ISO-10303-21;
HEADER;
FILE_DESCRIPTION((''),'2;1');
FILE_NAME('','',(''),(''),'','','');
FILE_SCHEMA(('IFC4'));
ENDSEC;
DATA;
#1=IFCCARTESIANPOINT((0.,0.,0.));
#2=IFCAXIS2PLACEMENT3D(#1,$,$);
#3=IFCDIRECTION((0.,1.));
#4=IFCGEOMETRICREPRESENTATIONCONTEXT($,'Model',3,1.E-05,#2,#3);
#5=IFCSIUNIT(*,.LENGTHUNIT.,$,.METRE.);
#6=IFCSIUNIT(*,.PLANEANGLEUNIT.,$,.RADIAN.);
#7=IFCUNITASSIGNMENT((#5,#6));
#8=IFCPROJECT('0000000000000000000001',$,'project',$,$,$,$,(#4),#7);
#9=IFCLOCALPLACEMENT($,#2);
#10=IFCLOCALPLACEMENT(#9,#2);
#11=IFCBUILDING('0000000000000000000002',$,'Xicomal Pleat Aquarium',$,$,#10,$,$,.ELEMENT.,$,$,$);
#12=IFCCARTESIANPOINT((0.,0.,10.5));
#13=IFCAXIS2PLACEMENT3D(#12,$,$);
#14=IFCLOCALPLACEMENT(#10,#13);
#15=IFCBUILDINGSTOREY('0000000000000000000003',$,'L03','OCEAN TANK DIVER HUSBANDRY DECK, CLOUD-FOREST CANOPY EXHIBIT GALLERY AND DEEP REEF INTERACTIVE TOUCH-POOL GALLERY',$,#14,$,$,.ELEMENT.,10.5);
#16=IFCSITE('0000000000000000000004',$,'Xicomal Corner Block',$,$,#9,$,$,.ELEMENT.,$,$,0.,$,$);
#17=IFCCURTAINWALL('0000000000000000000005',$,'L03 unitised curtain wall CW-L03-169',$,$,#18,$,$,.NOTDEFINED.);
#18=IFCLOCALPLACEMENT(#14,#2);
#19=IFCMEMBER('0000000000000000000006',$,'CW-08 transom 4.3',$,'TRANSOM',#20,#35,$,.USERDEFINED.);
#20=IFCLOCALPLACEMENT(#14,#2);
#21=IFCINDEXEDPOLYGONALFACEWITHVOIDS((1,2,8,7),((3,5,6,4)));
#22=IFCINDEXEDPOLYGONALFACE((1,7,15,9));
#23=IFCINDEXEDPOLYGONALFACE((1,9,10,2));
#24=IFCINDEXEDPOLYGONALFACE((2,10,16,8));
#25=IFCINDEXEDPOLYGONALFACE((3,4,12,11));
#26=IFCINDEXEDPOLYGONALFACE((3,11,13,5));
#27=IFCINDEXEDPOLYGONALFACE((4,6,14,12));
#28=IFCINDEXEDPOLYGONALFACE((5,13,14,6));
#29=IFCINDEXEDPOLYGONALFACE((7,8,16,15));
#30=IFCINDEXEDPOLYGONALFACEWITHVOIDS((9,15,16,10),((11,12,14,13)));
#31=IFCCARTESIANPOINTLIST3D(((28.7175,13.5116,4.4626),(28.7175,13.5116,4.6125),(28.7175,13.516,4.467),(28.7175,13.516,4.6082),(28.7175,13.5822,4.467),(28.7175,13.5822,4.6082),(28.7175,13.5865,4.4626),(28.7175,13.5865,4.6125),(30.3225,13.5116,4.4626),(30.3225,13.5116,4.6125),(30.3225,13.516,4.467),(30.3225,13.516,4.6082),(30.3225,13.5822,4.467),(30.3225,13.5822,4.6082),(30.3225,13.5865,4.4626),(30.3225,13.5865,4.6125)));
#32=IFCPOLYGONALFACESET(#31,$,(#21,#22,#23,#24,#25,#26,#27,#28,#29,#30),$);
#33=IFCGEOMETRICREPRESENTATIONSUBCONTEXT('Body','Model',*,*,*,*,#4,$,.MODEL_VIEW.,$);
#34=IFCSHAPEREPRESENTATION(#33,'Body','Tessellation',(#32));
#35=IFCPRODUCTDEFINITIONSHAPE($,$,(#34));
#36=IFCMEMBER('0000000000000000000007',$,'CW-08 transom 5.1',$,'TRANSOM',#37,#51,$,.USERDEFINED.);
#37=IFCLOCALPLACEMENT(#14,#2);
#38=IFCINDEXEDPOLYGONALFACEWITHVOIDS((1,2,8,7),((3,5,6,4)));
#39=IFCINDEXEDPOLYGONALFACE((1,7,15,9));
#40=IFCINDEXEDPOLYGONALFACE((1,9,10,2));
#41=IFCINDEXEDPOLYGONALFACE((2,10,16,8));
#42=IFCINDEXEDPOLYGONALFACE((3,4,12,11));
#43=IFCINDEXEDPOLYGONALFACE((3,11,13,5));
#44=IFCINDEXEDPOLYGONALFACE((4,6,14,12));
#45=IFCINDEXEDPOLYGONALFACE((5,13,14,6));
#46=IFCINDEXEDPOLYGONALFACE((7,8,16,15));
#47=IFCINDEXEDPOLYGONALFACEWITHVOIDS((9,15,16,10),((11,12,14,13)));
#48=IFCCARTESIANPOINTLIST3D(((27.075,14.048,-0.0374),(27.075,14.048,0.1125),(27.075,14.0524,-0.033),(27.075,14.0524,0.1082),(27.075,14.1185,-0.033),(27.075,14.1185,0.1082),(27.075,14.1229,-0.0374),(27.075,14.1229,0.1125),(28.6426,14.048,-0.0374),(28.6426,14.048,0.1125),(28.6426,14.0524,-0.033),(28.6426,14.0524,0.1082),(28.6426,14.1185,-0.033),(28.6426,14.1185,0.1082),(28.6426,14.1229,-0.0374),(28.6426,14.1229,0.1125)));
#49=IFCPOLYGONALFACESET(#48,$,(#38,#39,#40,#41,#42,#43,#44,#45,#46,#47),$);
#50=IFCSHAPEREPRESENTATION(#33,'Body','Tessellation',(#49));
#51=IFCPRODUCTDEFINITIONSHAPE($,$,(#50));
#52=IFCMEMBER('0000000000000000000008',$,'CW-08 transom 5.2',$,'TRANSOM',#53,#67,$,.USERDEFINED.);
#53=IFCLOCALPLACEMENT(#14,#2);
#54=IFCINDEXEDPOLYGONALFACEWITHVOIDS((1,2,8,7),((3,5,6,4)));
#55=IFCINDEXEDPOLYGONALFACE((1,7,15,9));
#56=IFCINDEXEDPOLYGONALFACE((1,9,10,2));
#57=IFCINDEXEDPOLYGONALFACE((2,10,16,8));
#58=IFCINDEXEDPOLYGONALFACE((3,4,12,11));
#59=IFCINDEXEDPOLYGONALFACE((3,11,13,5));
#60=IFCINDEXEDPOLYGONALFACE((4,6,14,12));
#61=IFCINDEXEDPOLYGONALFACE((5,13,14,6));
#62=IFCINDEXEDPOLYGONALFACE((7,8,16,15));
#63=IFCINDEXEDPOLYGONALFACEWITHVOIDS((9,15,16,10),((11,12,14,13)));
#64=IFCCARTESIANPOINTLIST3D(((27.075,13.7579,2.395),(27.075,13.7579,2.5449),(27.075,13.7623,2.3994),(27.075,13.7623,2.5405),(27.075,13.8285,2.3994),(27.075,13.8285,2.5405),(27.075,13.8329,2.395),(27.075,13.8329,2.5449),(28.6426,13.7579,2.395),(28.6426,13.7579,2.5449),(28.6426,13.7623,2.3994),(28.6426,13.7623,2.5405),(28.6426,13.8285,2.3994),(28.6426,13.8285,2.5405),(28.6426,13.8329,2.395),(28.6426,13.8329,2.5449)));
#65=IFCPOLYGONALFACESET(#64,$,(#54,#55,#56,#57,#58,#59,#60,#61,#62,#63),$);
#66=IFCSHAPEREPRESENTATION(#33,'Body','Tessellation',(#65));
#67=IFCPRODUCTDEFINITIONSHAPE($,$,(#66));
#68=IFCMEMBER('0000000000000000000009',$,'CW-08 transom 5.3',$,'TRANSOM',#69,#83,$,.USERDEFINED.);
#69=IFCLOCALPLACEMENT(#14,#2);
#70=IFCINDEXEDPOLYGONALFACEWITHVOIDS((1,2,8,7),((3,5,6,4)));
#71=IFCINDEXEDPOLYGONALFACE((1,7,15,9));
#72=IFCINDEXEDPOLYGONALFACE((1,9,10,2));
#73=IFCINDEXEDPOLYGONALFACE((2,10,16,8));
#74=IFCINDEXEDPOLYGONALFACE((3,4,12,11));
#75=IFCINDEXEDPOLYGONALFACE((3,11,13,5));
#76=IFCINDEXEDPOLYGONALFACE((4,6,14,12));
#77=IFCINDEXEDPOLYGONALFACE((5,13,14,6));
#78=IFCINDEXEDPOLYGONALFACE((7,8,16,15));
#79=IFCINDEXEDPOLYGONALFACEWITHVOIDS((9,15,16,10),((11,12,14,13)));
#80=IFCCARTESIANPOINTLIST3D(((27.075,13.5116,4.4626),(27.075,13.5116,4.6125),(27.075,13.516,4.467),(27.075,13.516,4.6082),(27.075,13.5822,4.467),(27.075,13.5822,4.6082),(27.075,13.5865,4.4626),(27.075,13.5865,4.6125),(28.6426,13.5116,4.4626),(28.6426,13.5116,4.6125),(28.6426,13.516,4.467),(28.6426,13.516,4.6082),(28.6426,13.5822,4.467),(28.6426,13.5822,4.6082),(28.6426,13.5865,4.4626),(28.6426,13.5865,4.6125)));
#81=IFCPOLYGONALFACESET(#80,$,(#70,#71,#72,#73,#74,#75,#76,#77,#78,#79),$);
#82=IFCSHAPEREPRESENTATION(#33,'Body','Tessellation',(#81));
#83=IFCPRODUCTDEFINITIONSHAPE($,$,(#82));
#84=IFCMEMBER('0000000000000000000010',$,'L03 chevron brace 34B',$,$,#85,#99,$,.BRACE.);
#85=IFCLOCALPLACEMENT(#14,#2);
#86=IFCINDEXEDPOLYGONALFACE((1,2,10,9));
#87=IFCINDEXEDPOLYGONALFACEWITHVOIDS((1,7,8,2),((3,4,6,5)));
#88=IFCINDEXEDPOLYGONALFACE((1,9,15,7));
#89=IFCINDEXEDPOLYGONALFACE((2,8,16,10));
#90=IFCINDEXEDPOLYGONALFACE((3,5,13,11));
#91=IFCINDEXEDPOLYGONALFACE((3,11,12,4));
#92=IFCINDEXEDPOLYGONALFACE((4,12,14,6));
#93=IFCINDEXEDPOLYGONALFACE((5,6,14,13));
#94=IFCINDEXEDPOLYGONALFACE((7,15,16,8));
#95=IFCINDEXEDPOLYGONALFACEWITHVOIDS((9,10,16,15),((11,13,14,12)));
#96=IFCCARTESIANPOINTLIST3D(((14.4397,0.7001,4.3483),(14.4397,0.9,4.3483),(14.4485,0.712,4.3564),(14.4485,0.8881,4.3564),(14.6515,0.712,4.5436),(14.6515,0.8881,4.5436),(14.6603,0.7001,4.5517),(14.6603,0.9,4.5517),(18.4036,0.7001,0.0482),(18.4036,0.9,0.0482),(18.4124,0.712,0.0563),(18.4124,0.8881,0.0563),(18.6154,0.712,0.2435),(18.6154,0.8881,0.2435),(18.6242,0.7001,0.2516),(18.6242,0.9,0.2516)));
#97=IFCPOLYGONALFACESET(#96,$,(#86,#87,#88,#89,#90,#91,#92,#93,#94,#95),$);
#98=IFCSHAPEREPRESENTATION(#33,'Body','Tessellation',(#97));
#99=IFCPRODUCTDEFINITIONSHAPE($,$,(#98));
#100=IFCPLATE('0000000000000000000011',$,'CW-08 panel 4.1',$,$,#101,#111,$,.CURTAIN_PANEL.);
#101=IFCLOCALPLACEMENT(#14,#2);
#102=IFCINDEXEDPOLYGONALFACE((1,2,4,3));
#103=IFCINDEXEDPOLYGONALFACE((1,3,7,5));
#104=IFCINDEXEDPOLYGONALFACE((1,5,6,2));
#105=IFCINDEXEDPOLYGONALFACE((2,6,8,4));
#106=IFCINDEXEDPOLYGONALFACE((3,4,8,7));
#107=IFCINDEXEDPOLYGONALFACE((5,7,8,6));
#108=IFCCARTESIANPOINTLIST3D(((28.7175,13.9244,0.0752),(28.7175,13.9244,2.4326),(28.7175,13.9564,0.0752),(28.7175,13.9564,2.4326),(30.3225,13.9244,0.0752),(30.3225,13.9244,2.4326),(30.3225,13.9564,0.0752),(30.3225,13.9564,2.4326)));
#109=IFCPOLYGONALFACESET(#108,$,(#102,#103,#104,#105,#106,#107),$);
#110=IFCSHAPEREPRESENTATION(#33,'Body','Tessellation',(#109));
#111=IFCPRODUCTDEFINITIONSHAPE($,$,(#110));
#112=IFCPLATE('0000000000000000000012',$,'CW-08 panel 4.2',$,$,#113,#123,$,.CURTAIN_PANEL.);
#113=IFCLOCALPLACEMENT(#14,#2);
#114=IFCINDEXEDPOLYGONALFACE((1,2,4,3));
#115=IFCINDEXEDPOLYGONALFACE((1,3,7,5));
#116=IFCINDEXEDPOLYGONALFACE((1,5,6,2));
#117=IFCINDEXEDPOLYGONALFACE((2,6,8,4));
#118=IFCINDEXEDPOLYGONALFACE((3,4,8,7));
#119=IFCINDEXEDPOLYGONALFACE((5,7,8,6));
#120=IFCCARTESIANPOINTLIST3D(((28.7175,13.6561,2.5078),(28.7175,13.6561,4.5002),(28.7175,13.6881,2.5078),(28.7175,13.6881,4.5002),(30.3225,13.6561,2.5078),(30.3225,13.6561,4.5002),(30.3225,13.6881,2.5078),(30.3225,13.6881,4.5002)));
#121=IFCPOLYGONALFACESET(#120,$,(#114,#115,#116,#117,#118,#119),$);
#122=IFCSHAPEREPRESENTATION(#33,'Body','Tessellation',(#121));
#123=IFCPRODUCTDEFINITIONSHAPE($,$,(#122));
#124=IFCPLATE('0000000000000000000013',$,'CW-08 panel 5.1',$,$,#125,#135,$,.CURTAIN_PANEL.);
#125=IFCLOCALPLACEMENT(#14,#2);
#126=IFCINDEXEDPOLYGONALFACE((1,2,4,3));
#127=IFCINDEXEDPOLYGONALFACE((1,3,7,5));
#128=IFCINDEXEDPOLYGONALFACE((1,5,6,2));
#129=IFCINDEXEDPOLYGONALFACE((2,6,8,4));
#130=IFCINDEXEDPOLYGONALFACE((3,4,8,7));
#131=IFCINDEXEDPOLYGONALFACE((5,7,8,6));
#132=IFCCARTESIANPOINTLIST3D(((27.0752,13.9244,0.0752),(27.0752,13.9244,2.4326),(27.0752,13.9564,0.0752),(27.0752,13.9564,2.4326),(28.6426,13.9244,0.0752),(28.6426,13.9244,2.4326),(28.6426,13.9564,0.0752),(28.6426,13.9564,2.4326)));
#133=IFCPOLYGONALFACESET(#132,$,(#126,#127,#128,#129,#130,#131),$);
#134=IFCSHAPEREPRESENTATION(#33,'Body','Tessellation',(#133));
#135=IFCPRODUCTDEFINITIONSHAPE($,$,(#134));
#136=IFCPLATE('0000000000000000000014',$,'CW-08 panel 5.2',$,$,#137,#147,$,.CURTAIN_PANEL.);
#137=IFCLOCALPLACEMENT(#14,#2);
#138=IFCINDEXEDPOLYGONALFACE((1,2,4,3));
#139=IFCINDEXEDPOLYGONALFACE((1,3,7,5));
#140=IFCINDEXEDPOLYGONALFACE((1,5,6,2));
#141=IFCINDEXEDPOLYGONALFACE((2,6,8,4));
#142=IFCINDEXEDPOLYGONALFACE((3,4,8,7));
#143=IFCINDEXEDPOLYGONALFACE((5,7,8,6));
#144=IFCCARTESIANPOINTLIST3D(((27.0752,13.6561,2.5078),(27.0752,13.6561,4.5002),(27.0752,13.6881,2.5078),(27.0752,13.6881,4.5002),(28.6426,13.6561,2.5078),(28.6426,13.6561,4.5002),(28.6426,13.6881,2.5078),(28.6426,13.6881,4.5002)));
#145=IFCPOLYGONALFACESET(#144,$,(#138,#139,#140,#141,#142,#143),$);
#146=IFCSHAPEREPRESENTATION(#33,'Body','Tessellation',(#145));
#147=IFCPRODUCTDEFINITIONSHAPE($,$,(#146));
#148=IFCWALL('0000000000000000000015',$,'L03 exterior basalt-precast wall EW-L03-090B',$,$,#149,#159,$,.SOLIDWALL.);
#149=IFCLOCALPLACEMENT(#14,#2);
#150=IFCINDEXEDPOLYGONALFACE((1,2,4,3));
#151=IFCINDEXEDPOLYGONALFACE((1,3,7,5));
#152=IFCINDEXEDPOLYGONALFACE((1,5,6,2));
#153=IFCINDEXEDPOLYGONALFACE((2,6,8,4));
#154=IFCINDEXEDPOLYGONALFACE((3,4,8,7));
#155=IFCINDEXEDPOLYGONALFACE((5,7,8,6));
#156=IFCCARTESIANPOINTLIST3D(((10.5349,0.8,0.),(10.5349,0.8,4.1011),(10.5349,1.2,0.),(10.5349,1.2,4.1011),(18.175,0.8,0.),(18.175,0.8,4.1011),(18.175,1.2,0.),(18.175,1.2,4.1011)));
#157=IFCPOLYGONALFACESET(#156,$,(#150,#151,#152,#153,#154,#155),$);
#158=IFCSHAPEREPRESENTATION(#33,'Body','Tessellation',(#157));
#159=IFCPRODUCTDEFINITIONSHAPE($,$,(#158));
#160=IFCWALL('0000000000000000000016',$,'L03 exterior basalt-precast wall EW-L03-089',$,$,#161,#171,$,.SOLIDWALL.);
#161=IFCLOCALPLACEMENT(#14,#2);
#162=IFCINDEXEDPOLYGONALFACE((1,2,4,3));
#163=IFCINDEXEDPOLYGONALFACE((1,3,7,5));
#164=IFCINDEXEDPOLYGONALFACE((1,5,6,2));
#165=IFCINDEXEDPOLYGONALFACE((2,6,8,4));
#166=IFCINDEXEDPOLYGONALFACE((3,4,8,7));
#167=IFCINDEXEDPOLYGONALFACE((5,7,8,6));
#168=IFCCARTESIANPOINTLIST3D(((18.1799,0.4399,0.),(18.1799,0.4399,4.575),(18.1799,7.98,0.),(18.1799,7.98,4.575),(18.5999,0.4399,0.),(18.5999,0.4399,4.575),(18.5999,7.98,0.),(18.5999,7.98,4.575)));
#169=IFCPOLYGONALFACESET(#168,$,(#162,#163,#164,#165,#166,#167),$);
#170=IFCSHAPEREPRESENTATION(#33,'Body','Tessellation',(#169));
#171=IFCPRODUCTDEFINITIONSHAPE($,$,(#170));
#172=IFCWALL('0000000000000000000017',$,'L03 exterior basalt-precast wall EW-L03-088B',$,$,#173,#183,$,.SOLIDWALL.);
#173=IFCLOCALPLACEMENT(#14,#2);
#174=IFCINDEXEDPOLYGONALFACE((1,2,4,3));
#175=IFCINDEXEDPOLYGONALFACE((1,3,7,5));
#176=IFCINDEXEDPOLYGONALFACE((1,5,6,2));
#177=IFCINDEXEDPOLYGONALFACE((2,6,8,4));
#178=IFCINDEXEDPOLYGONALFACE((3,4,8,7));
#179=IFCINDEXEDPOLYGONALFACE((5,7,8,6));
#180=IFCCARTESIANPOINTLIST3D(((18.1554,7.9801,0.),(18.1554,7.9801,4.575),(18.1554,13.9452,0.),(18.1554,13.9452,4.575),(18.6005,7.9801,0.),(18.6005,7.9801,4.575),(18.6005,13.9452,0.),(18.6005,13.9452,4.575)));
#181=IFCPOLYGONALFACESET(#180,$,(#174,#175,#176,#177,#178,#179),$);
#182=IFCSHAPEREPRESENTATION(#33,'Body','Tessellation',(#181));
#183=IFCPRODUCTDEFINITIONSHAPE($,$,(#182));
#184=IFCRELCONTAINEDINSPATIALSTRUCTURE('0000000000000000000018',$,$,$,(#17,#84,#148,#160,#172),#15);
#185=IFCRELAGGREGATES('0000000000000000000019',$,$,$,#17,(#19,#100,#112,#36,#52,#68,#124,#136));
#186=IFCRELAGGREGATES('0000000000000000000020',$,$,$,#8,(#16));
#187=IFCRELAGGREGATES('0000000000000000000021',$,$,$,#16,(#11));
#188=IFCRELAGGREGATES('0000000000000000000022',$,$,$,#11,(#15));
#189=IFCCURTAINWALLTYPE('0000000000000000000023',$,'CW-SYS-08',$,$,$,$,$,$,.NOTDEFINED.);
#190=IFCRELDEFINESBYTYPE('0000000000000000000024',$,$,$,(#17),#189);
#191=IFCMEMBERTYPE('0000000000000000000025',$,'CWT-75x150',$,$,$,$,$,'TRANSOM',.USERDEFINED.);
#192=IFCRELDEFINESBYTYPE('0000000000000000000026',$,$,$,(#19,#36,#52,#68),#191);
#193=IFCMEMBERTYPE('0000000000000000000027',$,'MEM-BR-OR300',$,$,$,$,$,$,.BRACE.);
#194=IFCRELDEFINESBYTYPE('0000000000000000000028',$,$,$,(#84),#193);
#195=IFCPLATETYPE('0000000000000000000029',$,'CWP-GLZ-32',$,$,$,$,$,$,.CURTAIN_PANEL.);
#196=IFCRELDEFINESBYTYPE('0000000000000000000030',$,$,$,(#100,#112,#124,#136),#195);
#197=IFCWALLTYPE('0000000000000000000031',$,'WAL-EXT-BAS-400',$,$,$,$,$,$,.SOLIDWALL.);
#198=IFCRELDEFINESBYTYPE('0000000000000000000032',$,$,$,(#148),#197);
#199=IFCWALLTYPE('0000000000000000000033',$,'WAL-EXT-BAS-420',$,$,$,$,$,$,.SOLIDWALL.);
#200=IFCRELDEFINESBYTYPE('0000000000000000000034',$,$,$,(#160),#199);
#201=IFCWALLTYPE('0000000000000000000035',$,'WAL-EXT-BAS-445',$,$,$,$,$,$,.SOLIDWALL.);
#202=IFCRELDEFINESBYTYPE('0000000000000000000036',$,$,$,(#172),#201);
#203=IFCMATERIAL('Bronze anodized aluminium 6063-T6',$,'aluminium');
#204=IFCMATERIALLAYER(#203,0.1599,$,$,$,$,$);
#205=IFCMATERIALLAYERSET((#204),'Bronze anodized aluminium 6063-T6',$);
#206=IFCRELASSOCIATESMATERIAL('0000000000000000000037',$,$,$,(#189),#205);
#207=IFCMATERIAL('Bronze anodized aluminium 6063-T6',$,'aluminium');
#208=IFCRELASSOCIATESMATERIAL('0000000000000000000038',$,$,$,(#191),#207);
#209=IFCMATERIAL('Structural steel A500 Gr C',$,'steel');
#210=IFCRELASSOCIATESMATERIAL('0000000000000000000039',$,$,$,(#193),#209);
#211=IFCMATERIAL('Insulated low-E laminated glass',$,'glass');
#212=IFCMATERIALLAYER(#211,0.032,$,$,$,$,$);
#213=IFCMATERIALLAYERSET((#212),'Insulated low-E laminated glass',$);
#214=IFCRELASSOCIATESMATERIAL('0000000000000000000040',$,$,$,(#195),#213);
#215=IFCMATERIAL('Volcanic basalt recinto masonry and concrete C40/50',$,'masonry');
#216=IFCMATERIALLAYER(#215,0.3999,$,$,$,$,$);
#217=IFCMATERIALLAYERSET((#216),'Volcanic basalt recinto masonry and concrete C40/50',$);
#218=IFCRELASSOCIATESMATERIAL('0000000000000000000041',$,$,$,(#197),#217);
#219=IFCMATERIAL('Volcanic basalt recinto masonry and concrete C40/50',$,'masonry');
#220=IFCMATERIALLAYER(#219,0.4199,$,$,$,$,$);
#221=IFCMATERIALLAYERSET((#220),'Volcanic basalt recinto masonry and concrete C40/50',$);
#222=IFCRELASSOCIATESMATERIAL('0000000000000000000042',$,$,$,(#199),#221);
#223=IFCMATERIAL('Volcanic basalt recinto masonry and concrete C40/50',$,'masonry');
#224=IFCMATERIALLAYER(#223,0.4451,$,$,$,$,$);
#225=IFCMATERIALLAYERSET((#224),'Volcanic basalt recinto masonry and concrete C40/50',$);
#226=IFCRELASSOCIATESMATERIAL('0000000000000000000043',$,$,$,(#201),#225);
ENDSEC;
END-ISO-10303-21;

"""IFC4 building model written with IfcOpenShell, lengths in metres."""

from ifc_helpers import new_model, si_unit, direction, frame, frame_2d, origin, origin_2d, place, context, subcontext, project, spatial, rectangle, hollow_rectangle, extrude, material, layer, layer_set, material_profile, profile_set, type_object, element, aggregate, save


model = new_model("IFC4")

# Units and contexts
model_context = context("Model", 3, precision=1e-05, world=origin(), true_north=direction((0.0, 1.0)))
body_context = subcontext(model_context, "Body", "Model", "MODEL_VIEW")
ifc_project = project(units=[si_unit("LENGTHUNIT", "METRE"), si_unit("PLANEANGLEUNIT", "RADIAN")], contexts=[model_context])

# Site, building, storey
site_placement = place(None, origin())
site = spatial("IfcSite", under=ifc_project, at=site_placement, Name="Xicomal Corner Block", CompositionType="ELEMENT", RefElevation=0.0)
building_placement = place(site_placement, origin())
building = spatial("IfcBuilding", under=site, at=building_placement, Name="Xicomal Pleat Aquarium", CompositionType="ELEMENT")
storey_placement = place(building_placement, frame((0.0, 0.0, 10.5)))
storey = spatial("IfcBuildingStorey", under=building, at=storey_placement, Name="L03", Description="OCEAN TANK DIVER HUSBANDRY DECK, CLOUD-FOREST CANOPY EXHIBIT GALLERY AND DEEP REEF INTERACTIVE TOUCH-POOL GALLERY", CompositionType="ELEMENT", Elevation=10.5)

# Curtain wall, members
ifc_material_1 = material(Name="Bronze anodized aluminium 6063-T6", Category="aluminium")
ifc_layer_1 = layer(ifc_material_1, 0.1599)
ifc_layer_set_1 = layer_set([ifc_layer_1], Name="Bronze anodized aluminium 6063-T6")
curtain_wall_type = type_object("IfcCurtainWallType", Name="CW-SYS-08", PredefinedType="NOTDEFINED", material=ifc_layer_set_1)
curtain_wall_placement = place(storey_placement, origin())
curtain_wall = element("IfcCurtainWall", 1, at=curtain_wall_placement, inside=storey, type_object=curtain_wall_type, Name="L03 unitised curtain wall CW-L03-169", PredefinedType="NOTDEFINED")
ifc_material_2 = material(Name="Bronze anodized aluminium 6063-T6", Category="aluminium")
ifc_material_profile_1 = material_profile(ifc_material_2, hollow_rectangle(XDim=0.075, YDim=0.1499, WallThickness=0.0044, at=origin_2d()), Name="ALU TRAN 75x150")
ifc_profile_set_1 = profile_set([ifc_material_profile_1], Name="Bronze anodized aluminium 6063-T6")
member_type_1 = type_object("IfcMemberType", Name="CWT-75x150", ElementType="TRANSOM", PredefinedType="USERDEFINED", material=ifc_profile_set_1)
member_1_placement = place(storey_placement, frame((30.3225, 13.5491, 4.5376), z_axis=(-1.0, 0.0, 0.0), x_axis=(0.0, -1.0, 0.0)))
member_1 = element("IfcMember", 2, at=member_1_placement, type_object=member_type_1, Name="CW-08 transom 4.3", ObjectType="TRANSOM", PredefinedType="USERDEFINED", context=body_context, shape_type="SweptSolid", body=[
    extrude(hollow_rectangle(XDim=0.075, YDim=0.1499, WallThickness=0.0044, at=origin_2d()), origin(), (0.0, 0.0, 1.0), 1.605),
])
member_2_placement = place(storey_placement, frame((28.6426, 14.0854, 0.0376), z_axis=(-1.0, 0.0, 0.0), x_axis=(0.0, -1.0, 0.0)))
member_2 = element("IfcMember", 3, at=member_2_placement, type_object=member_type_1, Name="CW-08 transom 5.1", ObjectType="TRANSOM", PredefinedType="USERDEFINED", context=body_context, shape_type="SweptSolid", body=[
    extrude(hollow_rectangle(XDim=0.075, YDim=0.1499, WallThickness=0.0044, at=origin_2d()), origin(), (0.0, 0.0, 1.0), 1.5676),
])
member_3_placement = place(storey_placement, frame((28.6426, 13.7954, 2.47), z_axis=(-1.0, 0.0, 0.0), x_axis=(0.0, -1.0, 0.0)))
member_3 = element("IfcMember", 4, at=member_3_placement, type_object=member_type_1, Name="CW-08 transom 5.2", ObjectType="TRANSOM", PredefinedType="USERDEFINED", context=body_context, shape_type="SweptSolid", body=[
    extrude(hollow_rectangle(XDim=0.075, YDim=0.1499, WallThickness=0.0044, at=origin_2d()), origin(), (0.0, 0.0, 1.0), 1.5676),
])
member_4_placement = place(storey_placement, frame((28.6426, 13.5491, 4.5376), z_axis=(-1.0, 0.0, 0.0), x_axis=(0.0, -1.0, 0.0)))
member_4 = element("IfcMember", 5, at=member_4_placement, type_object=member_type_1, Name="CW-08 transom 5.3", ObjectType="TRANSOM", PredefinedType="USERDEFINED", context=body_context, shape_type="SweptSolid", body=[
    extrude(hollow_rectangle(XDim=0.075, YDim=0.1499, WallThickness=0.0044, at=origin_2d()), origin(), (0.0, 0.0, 1.0), 1.5676),
])

# Member
ifc_material_3 = material(Name="Structural steel A500 Gr C", Category="steel")
ifc_material_profile_2 = material_profile(ifc_material_3, hollow_rectangle(XDim=0.2, YDim=0.3, WallThickness=0.012, at=origin_2d()), Name="OR 300x200x12")
ifc_profile_set_2 = profile_set([ifc_material_profile_2], Name="Structural steel A500 Gr C")
member_type_2 = type_object("IfcMemberType", Name="MEM-BR-OR300", PredefinedType="BRACE", material=ifc_profile_set_2)
member_5_placement = place(storey_placement, frame((18.5139, 0.8, 0.1499), z_axis=(-0.677781, 0.0, 0.735264), x_axis=(0.0, -1.0, 0.0)))
element("IfcMember", 6, at=member_5_placement, inside=storey, type_object=member_type_2, Name="L03 chevron brace 34B", PredefinedType="BRACE", context=body_context, shape_type="SweptSolid", body=[
    extrude(hollow_rectangle(XDim=0.2, YDim=0.3, WallThickness=0.012, at=origin_2d()), origin(), (0.0, 0.0, 1.0), 5.8484),
])

# Plates
ifc_material_4 = material(Name="Insulated low-E laminated glass", Category="glass")
ifc_layer_2 = layer(ifc_material_4, 0.032)
ifc_layer_set_2 = layer_set([ifc_layer_2], Name="Insulated low-E laminated glass")
plate_type = type_object("IfcPlateType", Name="CWP-GLZ-32", PredefinedType="CURTAIN_PANEL", material=ifc_layer_set_2)
plate_1_placement = place(storey_placement, frame((29.52, 13.9404, 0.0752), z_axis=(0.0, 0.0, 1.0), x_axis=(-1.0, 0.0, 0.0)))
plate_1 = element("IfcPlate", 7, at=plate_1_placement, type_object=plate_type, Name="CW-08 panel 4.1", PredefinedType="CURTAIN_PANEL", context=body_context, shape_type="SweptSolid", body=[
    extrude(rectangle(XDim=1.605, YDim=0.032, at=origin_2d()), origin(), (0.0, 0.0, 1.0), 2.3574),
])
plate_2_placement = place(storey_placement, frame((29.52, 13.6721, 2.5078), z_axis=(0.0, 0.0, 1.0), x_axis=(-1.0, 0.0, 0.0)))
plate_2 = element("IfcPlate", 8, at=plate_2_placement, type_object=plate_type, Name="CW-08 panel 4.2", PredefinedType="CURTAIN_PANEL", context=body_context, shape_type="SweptSolid", body=[
    extrude(rectangle(XDim=1.605, YDim=0.032, at=origin_2d()), origin(), (0.0, 0.0, 1.0), 1.9924),
])
plate_3_placement = place(storey_placement, frame((27.8589, 13.9404, 0.0752), z_axis=(0.0, 0.0, 1.0), x_axis=(-1.0, 0.0, 0.0)))
plate_3 = element("IfcPlate", 9, at=plate_3_placement, type_object=plate_type, Name="CW-08 panel 5.1", PredefinedType="CURTAIN_PANEL", context=body_context, shape_type="SweptSolid", body=[
    extrude(rectangle(XDim=1.5674, YDim=0.032, at=origin_2d()), origin(), (0.0, 0.0, 1.0), 2.3574),
])
plate_4_placement = place(storey_placement, frame((27.8589, 13.6721, 2.5078), z_axis=(0.0, 0.0, 1.0), x_axis=(-1.0, 0.0, 0.0)))
plate_4 = element("IfcPlate", 10, at=plate_4_placement, type_object=plate_type, Name="CW-08 panel 5.2", PredefinedType="CURTAIN_PANEL", context=body_context, shape_type="SweptSolid", body=[
    extrude(rectangle(XDim=1.5674, YDim=0.032, at=origin_2d()), origin(), (0.0, 0.0, 1.0), 1.9924),
])
aggregate(curtain_wall, [member_1, plate_1, plate_2, member_2, member_3, member_4, plate_3, plate_4])

# Walls
ifc_material_5 = material(Name="Volcanic basalt recinto masonry and concrete C40/50", Category="masonry")
ifc_layer_3 = layer(ifc_material_5, 0.3999)
ifc_layer_set_3 = layer_set([ifc_layer_3], Name="Volcanic basalt recinto masonry and concrete C40/50")
wall_type_1 = type_object("IfcWallType", Name="WAL-EXT-BAS-400", PredefinedType="SOLIDWALL", material=ifc_layer_set_3)
wall_1_placement = place(storey_placement, frame((18.175, 1.0, 0.0), z_axis=(0.0, 0.0, 1.0), x_axis=(-1.0, 0.0, 0.0)))
element("IfcWall", 11, at=wall_1_placement, inside=storey, type_object=wall_type_1, Name="L03 exterior basalt-precast wall EW-L03-090B", PredefinedType="SOLIDWALL", context=body_context, shape_type="SweptSolid", body=[
    extrude(rectangle(XDim=7.6401, YDim=0.3999, at=frame_2d((3.8201, 0.0))), origin(), (0.0, 0.0, 1.0), 4.1011),
])
ifc_material_6 = material(Name="Volcanic basalt recinto masonry and concrete C40/50", Category="masonry")
ifc_layer_4 = layer(ifc_material_6, 0.4199)
ifc_layer_set_4 = layer_set([ifc_layer_4], Name="Volcanic basalt recinto masonry and concrete C40/50")
wall_type_2 = type_object("IfcWallType", Name="WAL-EXT-BAS-420", PredefinedType="SOLIDWALL", material=ifc_layer_set_4)
wall_2_placement = place(storey_placement, frame((18.3899, 7.98, 0.0), z_axis=(0.0, 0.0, 1.0), x_axis=(0.0, -1.0, 0.0)))
element("IfcWall", 12, at=wall_2_placement, inside=storey, type_object=wall_type_2, Name="L03 exterior basalt-precast wall EW-L03-089", PredefinedType="SOLIDWALL", context=body_context, shape_type="SweptSolid", body=[
    extrude(rectangle(XDim=7.54, YDim=0.4199, at=frame_2d((3.77, 0.0))), origin(), (0.0, 0.0, 1.0), 4.575),
])
ifc_material_7 = material(Name="Volcanic basalt recinto masonry and concrete C40/50", Category="masonry")
ifc_layer_5 = layer(ifc_material_7, 0.4451)
ifc_layer_set_5 = layer_set([ifc_layer_5], Name="Volcanic basalt recinto masonry and concrete C40/50")
wall_type_3 = type_object("IfcWallType", Name="WAL-EXT-BAS-445", PredefinedType="SOLIDWALL", material=ifc_layer_set_5)
wall_3_placement = place(storey_placement, frame((18.3779, 13.9451, 0.0), z_axis=(0.0, 0.0, 1.0), x_axis=(0.0, -1.0, 0.0)))
element("IfcWall", 13, at=wall_3_placement, inside=storey, type_object=wall_type_3, Name="L03 exterior basalt-precast wall EW-L03-088B", PredefinedType="SOLIDWALL", context=body_context, shape_type="SweptSolid", body=[
    extrude(rectangle(XDim=5.9651, YDim=0.4451, at=frame_2d((2.9824, 0.0))), origin(), (0.0, 0.0, 1.0), 4.575),
])

save(model, "model.ifc")
